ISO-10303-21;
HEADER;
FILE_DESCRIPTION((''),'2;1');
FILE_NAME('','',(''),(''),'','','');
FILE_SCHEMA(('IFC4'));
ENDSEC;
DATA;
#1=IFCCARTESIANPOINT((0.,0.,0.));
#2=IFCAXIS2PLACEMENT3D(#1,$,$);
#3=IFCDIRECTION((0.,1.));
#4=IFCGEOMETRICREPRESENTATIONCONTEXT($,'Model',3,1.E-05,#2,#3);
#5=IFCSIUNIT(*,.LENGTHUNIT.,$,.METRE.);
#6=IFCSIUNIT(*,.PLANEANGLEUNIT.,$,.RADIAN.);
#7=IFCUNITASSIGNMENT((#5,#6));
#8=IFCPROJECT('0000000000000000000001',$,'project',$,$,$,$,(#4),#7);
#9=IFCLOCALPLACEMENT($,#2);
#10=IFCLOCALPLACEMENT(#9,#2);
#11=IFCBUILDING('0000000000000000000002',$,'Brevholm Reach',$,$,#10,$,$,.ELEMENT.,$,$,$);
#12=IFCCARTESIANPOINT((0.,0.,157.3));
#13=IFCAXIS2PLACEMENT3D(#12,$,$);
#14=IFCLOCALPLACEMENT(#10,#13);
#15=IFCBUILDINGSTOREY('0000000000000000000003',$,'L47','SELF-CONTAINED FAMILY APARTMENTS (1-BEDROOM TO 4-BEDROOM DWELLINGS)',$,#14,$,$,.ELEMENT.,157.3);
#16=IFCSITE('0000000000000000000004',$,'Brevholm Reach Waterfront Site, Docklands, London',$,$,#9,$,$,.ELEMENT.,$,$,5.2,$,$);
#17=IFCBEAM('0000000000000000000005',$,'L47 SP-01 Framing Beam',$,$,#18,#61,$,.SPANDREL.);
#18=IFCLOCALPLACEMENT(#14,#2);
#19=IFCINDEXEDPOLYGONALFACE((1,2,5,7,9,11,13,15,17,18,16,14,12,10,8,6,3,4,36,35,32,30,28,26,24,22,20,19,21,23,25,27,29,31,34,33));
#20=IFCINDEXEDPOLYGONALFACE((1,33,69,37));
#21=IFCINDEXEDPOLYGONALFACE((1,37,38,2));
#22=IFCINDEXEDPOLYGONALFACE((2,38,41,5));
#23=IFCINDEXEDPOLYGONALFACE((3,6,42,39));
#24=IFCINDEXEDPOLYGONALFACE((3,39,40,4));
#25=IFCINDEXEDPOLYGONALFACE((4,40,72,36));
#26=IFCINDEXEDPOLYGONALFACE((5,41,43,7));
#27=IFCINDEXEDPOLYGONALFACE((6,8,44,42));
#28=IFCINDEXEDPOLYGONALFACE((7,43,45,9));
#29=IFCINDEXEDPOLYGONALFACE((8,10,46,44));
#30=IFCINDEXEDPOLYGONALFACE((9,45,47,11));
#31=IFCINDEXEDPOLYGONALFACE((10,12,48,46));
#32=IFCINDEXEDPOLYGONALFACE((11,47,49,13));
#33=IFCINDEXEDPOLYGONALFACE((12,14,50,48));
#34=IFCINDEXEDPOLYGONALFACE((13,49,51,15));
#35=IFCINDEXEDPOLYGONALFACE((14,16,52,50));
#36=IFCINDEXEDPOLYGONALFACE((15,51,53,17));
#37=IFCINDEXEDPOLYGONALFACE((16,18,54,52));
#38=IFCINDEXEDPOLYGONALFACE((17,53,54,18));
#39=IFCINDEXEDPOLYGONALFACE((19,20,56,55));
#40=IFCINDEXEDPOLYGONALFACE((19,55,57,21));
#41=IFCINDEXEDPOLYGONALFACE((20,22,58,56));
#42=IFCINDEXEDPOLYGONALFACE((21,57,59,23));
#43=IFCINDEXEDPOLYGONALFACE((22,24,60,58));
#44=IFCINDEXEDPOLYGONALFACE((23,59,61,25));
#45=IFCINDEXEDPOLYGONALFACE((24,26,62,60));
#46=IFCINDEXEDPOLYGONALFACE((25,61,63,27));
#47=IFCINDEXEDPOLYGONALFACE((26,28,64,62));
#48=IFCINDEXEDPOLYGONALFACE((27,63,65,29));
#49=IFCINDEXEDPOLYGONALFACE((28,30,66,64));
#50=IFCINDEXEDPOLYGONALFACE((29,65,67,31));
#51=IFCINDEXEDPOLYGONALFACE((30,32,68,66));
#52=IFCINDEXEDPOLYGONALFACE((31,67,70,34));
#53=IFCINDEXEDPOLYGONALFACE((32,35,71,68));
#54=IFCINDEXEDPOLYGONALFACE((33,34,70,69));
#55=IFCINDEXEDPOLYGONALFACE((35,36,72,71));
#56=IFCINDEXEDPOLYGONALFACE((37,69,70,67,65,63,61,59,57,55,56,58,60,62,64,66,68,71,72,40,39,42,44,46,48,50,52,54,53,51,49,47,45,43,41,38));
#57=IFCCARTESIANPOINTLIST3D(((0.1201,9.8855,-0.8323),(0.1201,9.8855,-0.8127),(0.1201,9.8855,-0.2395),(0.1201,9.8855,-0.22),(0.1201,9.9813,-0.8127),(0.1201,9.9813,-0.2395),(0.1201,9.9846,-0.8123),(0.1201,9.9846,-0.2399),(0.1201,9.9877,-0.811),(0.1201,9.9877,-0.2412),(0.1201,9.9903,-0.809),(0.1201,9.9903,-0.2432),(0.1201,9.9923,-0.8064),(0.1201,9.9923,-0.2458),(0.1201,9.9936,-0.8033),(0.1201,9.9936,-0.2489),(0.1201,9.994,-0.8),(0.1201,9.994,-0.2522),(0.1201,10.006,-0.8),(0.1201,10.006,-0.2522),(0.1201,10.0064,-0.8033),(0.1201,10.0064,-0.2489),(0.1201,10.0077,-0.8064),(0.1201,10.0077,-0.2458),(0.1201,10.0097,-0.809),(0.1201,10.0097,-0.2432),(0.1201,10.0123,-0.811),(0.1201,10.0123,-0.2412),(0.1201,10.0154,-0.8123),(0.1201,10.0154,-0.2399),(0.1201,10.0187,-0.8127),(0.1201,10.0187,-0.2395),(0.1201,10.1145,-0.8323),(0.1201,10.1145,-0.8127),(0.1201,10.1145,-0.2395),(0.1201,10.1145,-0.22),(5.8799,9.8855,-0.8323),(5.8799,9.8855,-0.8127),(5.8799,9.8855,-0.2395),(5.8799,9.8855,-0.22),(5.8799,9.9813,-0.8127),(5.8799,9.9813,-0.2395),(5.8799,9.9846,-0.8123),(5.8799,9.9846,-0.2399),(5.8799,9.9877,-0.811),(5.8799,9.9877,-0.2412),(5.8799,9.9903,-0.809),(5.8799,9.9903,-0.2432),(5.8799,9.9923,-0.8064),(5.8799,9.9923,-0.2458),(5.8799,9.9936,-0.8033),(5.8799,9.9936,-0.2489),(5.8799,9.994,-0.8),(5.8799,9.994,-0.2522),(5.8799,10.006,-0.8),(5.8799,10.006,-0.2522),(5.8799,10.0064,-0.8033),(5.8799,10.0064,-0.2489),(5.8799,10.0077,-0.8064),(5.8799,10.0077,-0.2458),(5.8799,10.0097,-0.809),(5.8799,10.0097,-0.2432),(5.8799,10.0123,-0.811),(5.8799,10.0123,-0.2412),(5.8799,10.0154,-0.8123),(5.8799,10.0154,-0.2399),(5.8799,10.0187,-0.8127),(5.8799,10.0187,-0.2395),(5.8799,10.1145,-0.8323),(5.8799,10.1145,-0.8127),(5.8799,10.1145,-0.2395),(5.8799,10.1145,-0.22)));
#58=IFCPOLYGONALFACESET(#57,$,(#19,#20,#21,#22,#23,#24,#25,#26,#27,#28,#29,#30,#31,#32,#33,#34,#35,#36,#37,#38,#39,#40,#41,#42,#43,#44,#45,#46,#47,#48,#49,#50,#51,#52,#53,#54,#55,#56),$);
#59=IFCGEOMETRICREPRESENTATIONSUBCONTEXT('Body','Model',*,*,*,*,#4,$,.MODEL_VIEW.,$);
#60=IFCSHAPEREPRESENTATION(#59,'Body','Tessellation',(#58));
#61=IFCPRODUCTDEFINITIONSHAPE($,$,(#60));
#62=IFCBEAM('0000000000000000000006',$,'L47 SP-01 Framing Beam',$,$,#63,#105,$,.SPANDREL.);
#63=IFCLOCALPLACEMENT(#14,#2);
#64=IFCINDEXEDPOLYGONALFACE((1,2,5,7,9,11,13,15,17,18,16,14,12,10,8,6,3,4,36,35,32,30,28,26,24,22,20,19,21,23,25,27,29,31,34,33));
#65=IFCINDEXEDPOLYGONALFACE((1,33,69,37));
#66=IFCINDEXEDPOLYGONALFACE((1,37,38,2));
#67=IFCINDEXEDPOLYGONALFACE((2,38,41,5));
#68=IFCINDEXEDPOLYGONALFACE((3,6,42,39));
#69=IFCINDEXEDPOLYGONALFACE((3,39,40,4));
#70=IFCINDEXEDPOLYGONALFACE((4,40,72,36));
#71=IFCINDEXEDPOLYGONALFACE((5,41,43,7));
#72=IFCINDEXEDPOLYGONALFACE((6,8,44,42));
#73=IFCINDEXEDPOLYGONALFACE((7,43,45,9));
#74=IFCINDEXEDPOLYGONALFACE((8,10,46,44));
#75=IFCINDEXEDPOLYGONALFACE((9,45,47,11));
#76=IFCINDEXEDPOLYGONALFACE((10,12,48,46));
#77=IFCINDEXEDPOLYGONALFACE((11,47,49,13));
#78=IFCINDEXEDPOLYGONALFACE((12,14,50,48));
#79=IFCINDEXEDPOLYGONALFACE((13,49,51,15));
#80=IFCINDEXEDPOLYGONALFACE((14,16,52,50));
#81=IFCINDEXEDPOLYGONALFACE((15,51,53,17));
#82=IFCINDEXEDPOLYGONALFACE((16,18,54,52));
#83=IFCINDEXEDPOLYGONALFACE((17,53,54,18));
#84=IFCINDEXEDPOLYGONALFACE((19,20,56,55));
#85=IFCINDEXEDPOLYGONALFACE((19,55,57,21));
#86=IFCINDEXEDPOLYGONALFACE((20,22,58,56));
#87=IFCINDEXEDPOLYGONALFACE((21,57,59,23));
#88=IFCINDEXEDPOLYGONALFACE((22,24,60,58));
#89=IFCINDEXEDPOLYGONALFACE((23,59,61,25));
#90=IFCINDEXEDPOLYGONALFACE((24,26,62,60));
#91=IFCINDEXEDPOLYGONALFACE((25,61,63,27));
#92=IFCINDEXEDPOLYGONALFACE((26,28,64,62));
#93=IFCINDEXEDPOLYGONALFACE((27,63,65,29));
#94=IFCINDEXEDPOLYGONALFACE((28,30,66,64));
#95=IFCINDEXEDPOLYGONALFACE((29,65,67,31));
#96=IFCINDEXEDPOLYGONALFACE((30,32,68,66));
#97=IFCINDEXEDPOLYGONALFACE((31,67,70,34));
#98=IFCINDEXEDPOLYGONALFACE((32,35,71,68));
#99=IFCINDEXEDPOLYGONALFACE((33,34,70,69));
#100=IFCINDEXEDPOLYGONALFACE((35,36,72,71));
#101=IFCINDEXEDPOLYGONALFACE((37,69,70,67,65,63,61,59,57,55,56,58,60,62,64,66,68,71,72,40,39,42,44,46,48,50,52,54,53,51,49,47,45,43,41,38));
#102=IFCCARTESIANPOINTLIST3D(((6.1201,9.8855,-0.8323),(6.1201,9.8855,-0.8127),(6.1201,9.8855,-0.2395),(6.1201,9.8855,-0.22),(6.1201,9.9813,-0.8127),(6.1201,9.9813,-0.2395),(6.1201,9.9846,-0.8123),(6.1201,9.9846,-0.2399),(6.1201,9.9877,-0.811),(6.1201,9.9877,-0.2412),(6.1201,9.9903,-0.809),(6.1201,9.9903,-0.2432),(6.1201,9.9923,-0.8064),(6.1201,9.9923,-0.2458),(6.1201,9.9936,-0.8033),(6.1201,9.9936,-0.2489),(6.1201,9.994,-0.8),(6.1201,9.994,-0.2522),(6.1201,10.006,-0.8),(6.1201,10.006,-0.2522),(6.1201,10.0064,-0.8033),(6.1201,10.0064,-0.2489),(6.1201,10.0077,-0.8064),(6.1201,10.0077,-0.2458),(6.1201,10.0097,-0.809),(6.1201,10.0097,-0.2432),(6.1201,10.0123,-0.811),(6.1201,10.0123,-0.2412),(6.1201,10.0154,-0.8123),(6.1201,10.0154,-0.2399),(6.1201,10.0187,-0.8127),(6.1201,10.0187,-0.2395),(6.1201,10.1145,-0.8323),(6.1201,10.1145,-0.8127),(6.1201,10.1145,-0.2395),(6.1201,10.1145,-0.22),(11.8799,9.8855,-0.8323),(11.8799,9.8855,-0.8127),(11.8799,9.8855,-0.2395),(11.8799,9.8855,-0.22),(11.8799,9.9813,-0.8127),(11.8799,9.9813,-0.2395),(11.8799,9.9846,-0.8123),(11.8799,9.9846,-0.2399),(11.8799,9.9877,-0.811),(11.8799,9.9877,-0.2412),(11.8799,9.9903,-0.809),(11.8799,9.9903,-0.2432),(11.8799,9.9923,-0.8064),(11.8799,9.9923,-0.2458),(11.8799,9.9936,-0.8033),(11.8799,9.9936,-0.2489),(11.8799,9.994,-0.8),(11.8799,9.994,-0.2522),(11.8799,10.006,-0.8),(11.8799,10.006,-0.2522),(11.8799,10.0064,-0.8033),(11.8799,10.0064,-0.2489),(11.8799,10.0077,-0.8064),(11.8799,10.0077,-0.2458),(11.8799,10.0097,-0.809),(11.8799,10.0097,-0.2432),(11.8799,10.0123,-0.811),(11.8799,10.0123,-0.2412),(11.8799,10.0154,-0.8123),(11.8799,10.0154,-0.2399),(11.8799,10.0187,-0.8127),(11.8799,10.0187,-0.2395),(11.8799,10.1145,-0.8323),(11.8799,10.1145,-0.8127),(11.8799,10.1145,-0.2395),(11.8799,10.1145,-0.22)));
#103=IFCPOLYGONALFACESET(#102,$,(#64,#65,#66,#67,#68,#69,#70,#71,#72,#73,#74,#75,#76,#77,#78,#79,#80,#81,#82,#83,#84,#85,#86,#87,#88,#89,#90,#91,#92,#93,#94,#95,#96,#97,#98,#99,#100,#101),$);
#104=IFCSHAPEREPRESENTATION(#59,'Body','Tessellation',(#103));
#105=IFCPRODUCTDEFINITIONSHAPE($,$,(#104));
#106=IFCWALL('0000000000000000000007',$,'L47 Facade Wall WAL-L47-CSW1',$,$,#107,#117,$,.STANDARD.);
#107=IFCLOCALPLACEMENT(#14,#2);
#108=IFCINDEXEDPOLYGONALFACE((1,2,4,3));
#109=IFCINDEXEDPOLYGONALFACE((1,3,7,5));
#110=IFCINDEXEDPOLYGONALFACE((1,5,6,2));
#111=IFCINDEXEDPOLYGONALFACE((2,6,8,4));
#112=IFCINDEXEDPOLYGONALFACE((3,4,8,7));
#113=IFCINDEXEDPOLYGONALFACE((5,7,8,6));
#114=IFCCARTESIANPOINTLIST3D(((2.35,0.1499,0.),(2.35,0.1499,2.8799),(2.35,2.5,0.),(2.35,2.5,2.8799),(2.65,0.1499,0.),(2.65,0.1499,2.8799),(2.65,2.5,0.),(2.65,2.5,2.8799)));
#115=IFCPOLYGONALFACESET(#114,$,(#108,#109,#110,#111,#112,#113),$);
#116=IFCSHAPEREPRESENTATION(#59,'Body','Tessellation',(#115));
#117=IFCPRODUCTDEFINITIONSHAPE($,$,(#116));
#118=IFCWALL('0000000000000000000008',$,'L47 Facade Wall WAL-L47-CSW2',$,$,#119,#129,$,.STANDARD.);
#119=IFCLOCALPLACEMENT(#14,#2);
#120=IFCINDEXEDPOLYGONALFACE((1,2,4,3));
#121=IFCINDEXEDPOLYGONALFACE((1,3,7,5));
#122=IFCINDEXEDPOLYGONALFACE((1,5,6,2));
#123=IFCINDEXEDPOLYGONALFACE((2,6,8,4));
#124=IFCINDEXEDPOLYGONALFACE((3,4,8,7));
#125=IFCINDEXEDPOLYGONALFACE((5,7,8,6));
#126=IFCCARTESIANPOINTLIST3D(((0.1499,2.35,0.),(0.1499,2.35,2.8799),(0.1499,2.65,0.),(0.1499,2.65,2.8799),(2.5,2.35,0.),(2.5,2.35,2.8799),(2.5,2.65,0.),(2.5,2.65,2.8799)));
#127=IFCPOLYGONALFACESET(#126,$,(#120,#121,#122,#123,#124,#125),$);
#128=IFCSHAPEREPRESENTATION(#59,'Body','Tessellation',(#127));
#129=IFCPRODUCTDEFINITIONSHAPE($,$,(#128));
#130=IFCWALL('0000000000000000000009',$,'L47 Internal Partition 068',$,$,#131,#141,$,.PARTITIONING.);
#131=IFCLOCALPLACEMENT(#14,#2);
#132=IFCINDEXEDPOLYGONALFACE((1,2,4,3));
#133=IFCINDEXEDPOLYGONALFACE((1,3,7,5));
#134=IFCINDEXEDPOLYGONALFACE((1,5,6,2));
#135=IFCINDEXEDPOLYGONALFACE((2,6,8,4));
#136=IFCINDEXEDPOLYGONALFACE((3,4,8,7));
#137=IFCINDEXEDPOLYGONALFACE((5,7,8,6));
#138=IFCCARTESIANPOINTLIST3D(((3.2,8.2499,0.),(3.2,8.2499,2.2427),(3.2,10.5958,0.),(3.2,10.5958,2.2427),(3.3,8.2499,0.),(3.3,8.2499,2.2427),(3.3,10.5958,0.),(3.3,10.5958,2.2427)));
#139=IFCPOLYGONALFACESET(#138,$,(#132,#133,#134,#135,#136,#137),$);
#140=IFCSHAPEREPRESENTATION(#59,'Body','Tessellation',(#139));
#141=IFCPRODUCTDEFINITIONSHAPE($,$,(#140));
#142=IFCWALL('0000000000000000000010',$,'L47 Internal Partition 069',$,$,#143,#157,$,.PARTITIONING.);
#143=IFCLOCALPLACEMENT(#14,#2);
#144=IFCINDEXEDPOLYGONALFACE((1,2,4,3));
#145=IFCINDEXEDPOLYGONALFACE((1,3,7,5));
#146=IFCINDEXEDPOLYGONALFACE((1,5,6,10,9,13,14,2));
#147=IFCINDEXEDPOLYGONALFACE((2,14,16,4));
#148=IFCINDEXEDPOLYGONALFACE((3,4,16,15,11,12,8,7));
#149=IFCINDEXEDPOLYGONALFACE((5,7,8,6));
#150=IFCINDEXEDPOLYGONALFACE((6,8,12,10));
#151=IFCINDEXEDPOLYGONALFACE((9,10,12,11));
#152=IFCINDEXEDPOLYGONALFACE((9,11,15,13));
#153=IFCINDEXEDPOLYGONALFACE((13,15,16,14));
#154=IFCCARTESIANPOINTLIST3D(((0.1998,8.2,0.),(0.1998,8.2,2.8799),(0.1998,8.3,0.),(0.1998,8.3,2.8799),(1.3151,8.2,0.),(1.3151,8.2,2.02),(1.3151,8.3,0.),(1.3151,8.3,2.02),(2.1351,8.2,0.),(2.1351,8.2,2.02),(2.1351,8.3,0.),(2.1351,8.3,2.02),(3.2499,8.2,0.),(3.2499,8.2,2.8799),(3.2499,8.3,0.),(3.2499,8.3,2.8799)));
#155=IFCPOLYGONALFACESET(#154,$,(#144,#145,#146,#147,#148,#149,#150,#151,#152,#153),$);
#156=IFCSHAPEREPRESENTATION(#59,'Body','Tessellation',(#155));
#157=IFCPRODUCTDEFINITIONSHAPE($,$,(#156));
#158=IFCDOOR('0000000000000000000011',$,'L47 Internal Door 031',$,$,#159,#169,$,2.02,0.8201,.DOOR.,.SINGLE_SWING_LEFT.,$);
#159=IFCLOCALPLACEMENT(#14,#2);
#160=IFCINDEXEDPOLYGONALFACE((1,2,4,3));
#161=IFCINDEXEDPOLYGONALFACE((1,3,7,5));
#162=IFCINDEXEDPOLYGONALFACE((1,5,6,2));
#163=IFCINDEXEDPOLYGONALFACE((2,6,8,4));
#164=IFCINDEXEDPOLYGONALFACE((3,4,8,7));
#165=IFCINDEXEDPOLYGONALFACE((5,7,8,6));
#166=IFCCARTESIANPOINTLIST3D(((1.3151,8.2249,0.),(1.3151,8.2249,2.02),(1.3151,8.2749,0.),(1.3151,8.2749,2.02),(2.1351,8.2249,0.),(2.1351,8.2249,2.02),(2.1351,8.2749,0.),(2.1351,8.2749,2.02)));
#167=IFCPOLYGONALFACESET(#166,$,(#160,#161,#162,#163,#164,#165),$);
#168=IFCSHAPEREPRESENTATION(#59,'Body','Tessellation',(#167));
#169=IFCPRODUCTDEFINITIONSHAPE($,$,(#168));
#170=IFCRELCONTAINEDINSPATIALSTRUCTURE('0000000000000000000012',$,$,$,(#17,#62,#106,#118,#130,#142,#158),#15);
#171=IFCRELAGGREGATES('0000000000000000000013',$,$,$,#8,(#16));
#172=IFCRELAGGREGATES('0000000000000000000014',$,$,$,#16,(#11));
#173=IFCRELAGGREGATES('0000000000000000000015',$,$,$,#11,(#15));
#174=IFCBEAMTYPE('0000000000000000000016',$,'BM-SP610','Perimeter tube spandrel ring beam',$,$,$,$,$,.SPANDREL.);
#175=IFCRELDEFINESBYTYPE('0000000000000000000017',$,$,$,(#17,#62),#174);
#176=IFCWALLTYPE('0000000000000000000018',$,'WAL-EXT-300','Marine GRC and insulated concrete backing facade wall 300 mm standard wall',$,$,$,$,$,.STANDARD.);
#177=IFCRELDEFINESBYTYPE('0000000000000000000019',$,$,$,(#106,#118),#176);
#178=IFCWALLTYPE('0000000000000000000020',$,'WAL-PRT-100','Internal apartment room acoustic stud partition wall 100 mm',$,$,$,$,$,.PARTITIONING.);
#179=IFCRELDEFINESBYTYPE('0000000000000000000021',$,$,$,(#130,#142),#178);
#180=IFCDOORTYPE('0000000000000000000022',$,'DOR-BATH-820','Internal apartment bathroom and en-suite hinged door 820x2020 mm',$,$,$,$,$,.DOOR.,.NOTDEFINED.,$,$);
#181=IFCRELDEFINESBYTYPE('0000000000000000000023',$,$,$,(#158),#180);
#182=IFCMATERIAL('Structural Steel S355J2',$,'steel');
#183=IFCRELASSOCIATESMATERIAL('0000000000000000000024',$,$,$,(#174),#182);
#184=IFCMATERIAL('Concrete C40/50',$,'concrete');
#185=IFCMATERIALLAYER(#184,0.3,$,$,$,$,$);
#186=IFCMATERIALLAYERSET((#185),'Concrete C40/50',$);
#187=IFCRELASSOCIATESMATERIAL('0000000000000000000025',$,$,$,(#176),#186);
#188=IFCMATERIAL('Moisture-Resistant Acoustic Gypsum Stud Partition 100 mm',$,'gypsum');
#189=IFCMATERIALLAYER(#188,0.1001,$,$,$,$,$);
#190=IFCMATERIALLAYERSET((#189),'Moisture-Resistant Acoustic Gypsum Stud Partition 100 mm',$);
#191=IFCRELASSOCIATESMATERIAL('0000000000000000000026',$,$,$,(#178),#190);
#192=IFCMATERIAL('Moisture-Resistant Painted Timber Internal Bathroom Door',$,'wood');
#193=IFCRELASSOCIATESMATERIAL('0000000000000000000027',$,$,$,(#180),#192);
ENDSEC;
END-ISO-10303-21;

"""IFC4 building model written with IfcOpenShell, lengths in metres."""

from ifc_helpers import new_model, si_unit, direction, frame, frame_2d, origin, origin_2d, place, context, subcontext, project, spatial, rectangle, i_section, extrude, material, layer, layer_set, material_profile, profile_set, type_object, element, fill, save


model = new_model("IFC4")

# Units and contexts
model_context = context("Model", 3, precision=1e-05, world=origin(), true_north=direction((0.0, 1.0)))
body_context = subcontext(model_context, "Body", "Model", "MODEL_VIEW")
ifc_project = project(units=[si_unit("LENGTHUNIT", "METRE"), si_unit("PLANEANGLEUNIT", "RADIAN")], contexts=[model_context])

# Site, building, storey
site_placement = place(None, origin())
site = spatial("IfcSite", under=ifc_project, at=site_placement, Name="Brevholm Reach Waterfront Site, Docklands, London", CompositionType="ELEMENT", RefElevation=5.2)
building_placement = place(site_placement, origin())
building = spatial("IfcBuilding", under=site, at=building_placement, Name="Brevholm Reach", CompositionType="ELEMENT")
storey_placement = place(building_placement, frame((0.0, 0.0, 157.3)))
storey = spatial("IfcBuildingStorey", under=building, at=storey_placement, Name="L47", Description="SELF-CONTAINED FAMILY APARTMENTS (1-BEDROOM TO 4-BEDROOM DWELLINGS)", CompositionType="ELEMENT", Elevation=157.3)

# Beams
ifc_material_1 = material(Name="Structural Steel S355J2", Category="steel")
ifc_material_profile_1 = material_profile(ifc_material_1, i_section(OverallWidth=0.229, OverallDepth=0.6123, WebThickness=0.012, FlangeThickness=0.0195, FilletRadius=0.0127, at=origin_2d()), Name="UKB 610x229x125")
ifc_profile_set_1 = profile_set([ifc_material_profile_1], Name="Structural Steel S355J2")
beam_type = type_object("IfcBeamType", Name="BM-SP610", Description="Perimeter tube spandrel ring beam", PredefinedType="SPANDREL", material=ifc_profile_set_1)
for number, where, z_axis, x_axis, name in (
    (1, (0.1201, 10.0, -0.5261), (1.0, 0.0, 0.0), (0.0, 1.0, 0.0), "L47 SP-01 Framing Beam"),
    (2, (6.1201, 10.0, -0.5261), (1.0, 0.0, 0.0), (0.0, 1.0, 0.0), "L47 SP-01 Framing Beam"),
):
    element("IfcBeam", number, at=place(storey_placement, frame(where, z_axis=z_axis, x_axis=x_axis)), inside=storey, type_object=beam_type, Name=name, PredefinedType="SPANDREL", context=body_context, shape_type="SweptSolid", body=[
        extrude(i_section(OverallWidth=0.229, OverallDepth=0.6123, WebThickness=0.012, FlangeThickness=0.0195, FilletRadius=0.0127, at=origin_2d()), origin(), (0.0, 0.0, 1.0), 5.7598),
    ])

# Walls
ifc_material_2 = material(Name="Concrete C40/50", Category="concrete")
ifc_layer_1 = layer(ifc_material_2, 0.3)
ifc_layer_set_1 = layer_set([ifc_layer_1], Name="Concrete C40/50")
wall_type_1 = type_object("IfcWallType", Name="WAL-EXT-300", Description="Marine GRC and insulated concrete backing facade wall 300 mm standard wall", PredefinedType="STANDARD", material=ifc_layer_set_1)
for number, where, z_axis, x_axis, name in (
    (3, (2.5, 2.5, 0.0), (0.0, 0.0, 1.0), (0.0, -1.0, 0.0), "L47 Facade Wall WAL-L47-CSW1"),
    (4, (0.1499, 2.5, 0.0), (0.0, 0.0, 1.0), (1.0, 0.0, 0.0), "L47 Facade Wall WAL-L47-CSW2"),
):
    element("IfcWall", number, at=place(storey_placement, frame(where, z_axis=z_axis, x_axis=x_axis)), inside=storey, type_object=wall_type_1, Name=name, PredefinedType="STANDARD", context=body_context, shape_type="SweptSolid", body=[
        extrude(rectangle(XDim=2.3501, YDim=0.3, at=frame_2d((1.175, 0.0))), origin(), (0.0, 0.0, 1.0), 2.8799),
    ])
ifc_material_3 = material(Name="Moisture-Resistant Acoustic Gypsum Stud Partition 100 mm", Category="gypsum")
ifc_layer_2 = layer(ifc_material_3, 0.1001)
ifc_layer_set_2 = layer_set([ifc_layer_2], Name="Moisture-Resistant Acoustic Gypsum Stud Partition 100 mm")
wall_type_2 = type_object("IfcWallType", Name="WAL-PRT-100", Description="Internal apartment room acoustic stud partition wall 100 mm", PredefinedType="PARTITIONING", material=ifc_layer_set_2)
wall_1_placement = place(storey_placement, frame((3.25, 8.25, 0.0), z_axis=(0.0, 0.0, 1.0), x_axis=(0.0, 1.0, 0.0)))
element("IfcWall", 5, at=wall_1_placement, inside=storey, type_object=wall_type_2, Name="L47 Internal Partition 068", PredefinedType="PARTITIONING", context=body_context, shape_type="SweptSolid", body=[
    extrude(rectangle(XDim=2.3459, YDim=0.1001, at=frame_2d((1.1729, 0.0))), origin(), (0.0, 0.0, 1.0), 2.2427),
])

# Wall, opening, door
wall_2_placement = place(storey_placement, frame((0.2, 8.25, 0.0), z_axis=(0.0, 0.0, 1.0), x_axis=(1.0, 0.0, 0.0)))
wall_2 = element("IfcWall", 6, at=wall_2_placement, inside=storey, type_object=wall_type_2, Name="L47 Internal Partition 069", PredefinedType="PARTITIONING", context=body_context, shape_type="SweptSolid", body=[
    extrude(rectangle(XDim=3.05, YDim=0.1001, at=frame_2d((1.5249, 0.0))), origin(), (0.0, 0.0, 1.0), 2.8799),
])
opening_1_placement = place(wall_2_placement, frame((1.115, 0.0, 0.0)))
opening_1 = element("IfcOpeningElement", 7, at=opening_1_placement, cuts=wall_2, PredefinedType="OPENING", context=body_context, shape_type="SweptSolid", body=[
    extrude(rectangle(XDim=0.8201, YDim=2.02, at=frame_2d((0.4102, 1.01))), frame((0.0, 0.0601, 0.0), z_axis=(0.0, -1.0, 0.0), x_axis=(1.0, 0.0, 0.0)), (0.0, 0.0, 1.0), 0.1201),
])
ifc_material_4 = material(Name="Moisture-Resistant Painted Timber Internal Bathroom Door", Category="wood")
door_type_1 = type_object("IfcDoorType", Name="DOR-BATH-820", Description="Internal apartment bathroom and en-suite hinged door 820x2020 mm", OperationType="NOTDEFINED", PredefinedType="DOOR", material=ifc_material_4)
door_1_placement = place(opening_1_placement, origin())
door_1 = element("IfcDoor", 8, at=door_1_placement, inside=storey, type_object=door_type_1, Name="L47 Internal Door 031", OperationType="SINGLE_SWING_LEFT", OverallHeight=2.02, OverallWidth=0.8201, PredefinedType="DOOR", context=body_context, shape_type="SweptSolid", body=[
    extrude(rectangle(XDim=0.8201, YDim=2.02, at=frame_2d((0.4102, 1.01))), frame((0.0, 0.0249, 0.0), z_axis=(0.0, -1.0, 0.0), x_axis=(1.0, 0.0, 0.0)), (0.0, 0.0, 1.0), 0.05),
])
fill(opening_1, door_1)

save(model, "model.ifc")
